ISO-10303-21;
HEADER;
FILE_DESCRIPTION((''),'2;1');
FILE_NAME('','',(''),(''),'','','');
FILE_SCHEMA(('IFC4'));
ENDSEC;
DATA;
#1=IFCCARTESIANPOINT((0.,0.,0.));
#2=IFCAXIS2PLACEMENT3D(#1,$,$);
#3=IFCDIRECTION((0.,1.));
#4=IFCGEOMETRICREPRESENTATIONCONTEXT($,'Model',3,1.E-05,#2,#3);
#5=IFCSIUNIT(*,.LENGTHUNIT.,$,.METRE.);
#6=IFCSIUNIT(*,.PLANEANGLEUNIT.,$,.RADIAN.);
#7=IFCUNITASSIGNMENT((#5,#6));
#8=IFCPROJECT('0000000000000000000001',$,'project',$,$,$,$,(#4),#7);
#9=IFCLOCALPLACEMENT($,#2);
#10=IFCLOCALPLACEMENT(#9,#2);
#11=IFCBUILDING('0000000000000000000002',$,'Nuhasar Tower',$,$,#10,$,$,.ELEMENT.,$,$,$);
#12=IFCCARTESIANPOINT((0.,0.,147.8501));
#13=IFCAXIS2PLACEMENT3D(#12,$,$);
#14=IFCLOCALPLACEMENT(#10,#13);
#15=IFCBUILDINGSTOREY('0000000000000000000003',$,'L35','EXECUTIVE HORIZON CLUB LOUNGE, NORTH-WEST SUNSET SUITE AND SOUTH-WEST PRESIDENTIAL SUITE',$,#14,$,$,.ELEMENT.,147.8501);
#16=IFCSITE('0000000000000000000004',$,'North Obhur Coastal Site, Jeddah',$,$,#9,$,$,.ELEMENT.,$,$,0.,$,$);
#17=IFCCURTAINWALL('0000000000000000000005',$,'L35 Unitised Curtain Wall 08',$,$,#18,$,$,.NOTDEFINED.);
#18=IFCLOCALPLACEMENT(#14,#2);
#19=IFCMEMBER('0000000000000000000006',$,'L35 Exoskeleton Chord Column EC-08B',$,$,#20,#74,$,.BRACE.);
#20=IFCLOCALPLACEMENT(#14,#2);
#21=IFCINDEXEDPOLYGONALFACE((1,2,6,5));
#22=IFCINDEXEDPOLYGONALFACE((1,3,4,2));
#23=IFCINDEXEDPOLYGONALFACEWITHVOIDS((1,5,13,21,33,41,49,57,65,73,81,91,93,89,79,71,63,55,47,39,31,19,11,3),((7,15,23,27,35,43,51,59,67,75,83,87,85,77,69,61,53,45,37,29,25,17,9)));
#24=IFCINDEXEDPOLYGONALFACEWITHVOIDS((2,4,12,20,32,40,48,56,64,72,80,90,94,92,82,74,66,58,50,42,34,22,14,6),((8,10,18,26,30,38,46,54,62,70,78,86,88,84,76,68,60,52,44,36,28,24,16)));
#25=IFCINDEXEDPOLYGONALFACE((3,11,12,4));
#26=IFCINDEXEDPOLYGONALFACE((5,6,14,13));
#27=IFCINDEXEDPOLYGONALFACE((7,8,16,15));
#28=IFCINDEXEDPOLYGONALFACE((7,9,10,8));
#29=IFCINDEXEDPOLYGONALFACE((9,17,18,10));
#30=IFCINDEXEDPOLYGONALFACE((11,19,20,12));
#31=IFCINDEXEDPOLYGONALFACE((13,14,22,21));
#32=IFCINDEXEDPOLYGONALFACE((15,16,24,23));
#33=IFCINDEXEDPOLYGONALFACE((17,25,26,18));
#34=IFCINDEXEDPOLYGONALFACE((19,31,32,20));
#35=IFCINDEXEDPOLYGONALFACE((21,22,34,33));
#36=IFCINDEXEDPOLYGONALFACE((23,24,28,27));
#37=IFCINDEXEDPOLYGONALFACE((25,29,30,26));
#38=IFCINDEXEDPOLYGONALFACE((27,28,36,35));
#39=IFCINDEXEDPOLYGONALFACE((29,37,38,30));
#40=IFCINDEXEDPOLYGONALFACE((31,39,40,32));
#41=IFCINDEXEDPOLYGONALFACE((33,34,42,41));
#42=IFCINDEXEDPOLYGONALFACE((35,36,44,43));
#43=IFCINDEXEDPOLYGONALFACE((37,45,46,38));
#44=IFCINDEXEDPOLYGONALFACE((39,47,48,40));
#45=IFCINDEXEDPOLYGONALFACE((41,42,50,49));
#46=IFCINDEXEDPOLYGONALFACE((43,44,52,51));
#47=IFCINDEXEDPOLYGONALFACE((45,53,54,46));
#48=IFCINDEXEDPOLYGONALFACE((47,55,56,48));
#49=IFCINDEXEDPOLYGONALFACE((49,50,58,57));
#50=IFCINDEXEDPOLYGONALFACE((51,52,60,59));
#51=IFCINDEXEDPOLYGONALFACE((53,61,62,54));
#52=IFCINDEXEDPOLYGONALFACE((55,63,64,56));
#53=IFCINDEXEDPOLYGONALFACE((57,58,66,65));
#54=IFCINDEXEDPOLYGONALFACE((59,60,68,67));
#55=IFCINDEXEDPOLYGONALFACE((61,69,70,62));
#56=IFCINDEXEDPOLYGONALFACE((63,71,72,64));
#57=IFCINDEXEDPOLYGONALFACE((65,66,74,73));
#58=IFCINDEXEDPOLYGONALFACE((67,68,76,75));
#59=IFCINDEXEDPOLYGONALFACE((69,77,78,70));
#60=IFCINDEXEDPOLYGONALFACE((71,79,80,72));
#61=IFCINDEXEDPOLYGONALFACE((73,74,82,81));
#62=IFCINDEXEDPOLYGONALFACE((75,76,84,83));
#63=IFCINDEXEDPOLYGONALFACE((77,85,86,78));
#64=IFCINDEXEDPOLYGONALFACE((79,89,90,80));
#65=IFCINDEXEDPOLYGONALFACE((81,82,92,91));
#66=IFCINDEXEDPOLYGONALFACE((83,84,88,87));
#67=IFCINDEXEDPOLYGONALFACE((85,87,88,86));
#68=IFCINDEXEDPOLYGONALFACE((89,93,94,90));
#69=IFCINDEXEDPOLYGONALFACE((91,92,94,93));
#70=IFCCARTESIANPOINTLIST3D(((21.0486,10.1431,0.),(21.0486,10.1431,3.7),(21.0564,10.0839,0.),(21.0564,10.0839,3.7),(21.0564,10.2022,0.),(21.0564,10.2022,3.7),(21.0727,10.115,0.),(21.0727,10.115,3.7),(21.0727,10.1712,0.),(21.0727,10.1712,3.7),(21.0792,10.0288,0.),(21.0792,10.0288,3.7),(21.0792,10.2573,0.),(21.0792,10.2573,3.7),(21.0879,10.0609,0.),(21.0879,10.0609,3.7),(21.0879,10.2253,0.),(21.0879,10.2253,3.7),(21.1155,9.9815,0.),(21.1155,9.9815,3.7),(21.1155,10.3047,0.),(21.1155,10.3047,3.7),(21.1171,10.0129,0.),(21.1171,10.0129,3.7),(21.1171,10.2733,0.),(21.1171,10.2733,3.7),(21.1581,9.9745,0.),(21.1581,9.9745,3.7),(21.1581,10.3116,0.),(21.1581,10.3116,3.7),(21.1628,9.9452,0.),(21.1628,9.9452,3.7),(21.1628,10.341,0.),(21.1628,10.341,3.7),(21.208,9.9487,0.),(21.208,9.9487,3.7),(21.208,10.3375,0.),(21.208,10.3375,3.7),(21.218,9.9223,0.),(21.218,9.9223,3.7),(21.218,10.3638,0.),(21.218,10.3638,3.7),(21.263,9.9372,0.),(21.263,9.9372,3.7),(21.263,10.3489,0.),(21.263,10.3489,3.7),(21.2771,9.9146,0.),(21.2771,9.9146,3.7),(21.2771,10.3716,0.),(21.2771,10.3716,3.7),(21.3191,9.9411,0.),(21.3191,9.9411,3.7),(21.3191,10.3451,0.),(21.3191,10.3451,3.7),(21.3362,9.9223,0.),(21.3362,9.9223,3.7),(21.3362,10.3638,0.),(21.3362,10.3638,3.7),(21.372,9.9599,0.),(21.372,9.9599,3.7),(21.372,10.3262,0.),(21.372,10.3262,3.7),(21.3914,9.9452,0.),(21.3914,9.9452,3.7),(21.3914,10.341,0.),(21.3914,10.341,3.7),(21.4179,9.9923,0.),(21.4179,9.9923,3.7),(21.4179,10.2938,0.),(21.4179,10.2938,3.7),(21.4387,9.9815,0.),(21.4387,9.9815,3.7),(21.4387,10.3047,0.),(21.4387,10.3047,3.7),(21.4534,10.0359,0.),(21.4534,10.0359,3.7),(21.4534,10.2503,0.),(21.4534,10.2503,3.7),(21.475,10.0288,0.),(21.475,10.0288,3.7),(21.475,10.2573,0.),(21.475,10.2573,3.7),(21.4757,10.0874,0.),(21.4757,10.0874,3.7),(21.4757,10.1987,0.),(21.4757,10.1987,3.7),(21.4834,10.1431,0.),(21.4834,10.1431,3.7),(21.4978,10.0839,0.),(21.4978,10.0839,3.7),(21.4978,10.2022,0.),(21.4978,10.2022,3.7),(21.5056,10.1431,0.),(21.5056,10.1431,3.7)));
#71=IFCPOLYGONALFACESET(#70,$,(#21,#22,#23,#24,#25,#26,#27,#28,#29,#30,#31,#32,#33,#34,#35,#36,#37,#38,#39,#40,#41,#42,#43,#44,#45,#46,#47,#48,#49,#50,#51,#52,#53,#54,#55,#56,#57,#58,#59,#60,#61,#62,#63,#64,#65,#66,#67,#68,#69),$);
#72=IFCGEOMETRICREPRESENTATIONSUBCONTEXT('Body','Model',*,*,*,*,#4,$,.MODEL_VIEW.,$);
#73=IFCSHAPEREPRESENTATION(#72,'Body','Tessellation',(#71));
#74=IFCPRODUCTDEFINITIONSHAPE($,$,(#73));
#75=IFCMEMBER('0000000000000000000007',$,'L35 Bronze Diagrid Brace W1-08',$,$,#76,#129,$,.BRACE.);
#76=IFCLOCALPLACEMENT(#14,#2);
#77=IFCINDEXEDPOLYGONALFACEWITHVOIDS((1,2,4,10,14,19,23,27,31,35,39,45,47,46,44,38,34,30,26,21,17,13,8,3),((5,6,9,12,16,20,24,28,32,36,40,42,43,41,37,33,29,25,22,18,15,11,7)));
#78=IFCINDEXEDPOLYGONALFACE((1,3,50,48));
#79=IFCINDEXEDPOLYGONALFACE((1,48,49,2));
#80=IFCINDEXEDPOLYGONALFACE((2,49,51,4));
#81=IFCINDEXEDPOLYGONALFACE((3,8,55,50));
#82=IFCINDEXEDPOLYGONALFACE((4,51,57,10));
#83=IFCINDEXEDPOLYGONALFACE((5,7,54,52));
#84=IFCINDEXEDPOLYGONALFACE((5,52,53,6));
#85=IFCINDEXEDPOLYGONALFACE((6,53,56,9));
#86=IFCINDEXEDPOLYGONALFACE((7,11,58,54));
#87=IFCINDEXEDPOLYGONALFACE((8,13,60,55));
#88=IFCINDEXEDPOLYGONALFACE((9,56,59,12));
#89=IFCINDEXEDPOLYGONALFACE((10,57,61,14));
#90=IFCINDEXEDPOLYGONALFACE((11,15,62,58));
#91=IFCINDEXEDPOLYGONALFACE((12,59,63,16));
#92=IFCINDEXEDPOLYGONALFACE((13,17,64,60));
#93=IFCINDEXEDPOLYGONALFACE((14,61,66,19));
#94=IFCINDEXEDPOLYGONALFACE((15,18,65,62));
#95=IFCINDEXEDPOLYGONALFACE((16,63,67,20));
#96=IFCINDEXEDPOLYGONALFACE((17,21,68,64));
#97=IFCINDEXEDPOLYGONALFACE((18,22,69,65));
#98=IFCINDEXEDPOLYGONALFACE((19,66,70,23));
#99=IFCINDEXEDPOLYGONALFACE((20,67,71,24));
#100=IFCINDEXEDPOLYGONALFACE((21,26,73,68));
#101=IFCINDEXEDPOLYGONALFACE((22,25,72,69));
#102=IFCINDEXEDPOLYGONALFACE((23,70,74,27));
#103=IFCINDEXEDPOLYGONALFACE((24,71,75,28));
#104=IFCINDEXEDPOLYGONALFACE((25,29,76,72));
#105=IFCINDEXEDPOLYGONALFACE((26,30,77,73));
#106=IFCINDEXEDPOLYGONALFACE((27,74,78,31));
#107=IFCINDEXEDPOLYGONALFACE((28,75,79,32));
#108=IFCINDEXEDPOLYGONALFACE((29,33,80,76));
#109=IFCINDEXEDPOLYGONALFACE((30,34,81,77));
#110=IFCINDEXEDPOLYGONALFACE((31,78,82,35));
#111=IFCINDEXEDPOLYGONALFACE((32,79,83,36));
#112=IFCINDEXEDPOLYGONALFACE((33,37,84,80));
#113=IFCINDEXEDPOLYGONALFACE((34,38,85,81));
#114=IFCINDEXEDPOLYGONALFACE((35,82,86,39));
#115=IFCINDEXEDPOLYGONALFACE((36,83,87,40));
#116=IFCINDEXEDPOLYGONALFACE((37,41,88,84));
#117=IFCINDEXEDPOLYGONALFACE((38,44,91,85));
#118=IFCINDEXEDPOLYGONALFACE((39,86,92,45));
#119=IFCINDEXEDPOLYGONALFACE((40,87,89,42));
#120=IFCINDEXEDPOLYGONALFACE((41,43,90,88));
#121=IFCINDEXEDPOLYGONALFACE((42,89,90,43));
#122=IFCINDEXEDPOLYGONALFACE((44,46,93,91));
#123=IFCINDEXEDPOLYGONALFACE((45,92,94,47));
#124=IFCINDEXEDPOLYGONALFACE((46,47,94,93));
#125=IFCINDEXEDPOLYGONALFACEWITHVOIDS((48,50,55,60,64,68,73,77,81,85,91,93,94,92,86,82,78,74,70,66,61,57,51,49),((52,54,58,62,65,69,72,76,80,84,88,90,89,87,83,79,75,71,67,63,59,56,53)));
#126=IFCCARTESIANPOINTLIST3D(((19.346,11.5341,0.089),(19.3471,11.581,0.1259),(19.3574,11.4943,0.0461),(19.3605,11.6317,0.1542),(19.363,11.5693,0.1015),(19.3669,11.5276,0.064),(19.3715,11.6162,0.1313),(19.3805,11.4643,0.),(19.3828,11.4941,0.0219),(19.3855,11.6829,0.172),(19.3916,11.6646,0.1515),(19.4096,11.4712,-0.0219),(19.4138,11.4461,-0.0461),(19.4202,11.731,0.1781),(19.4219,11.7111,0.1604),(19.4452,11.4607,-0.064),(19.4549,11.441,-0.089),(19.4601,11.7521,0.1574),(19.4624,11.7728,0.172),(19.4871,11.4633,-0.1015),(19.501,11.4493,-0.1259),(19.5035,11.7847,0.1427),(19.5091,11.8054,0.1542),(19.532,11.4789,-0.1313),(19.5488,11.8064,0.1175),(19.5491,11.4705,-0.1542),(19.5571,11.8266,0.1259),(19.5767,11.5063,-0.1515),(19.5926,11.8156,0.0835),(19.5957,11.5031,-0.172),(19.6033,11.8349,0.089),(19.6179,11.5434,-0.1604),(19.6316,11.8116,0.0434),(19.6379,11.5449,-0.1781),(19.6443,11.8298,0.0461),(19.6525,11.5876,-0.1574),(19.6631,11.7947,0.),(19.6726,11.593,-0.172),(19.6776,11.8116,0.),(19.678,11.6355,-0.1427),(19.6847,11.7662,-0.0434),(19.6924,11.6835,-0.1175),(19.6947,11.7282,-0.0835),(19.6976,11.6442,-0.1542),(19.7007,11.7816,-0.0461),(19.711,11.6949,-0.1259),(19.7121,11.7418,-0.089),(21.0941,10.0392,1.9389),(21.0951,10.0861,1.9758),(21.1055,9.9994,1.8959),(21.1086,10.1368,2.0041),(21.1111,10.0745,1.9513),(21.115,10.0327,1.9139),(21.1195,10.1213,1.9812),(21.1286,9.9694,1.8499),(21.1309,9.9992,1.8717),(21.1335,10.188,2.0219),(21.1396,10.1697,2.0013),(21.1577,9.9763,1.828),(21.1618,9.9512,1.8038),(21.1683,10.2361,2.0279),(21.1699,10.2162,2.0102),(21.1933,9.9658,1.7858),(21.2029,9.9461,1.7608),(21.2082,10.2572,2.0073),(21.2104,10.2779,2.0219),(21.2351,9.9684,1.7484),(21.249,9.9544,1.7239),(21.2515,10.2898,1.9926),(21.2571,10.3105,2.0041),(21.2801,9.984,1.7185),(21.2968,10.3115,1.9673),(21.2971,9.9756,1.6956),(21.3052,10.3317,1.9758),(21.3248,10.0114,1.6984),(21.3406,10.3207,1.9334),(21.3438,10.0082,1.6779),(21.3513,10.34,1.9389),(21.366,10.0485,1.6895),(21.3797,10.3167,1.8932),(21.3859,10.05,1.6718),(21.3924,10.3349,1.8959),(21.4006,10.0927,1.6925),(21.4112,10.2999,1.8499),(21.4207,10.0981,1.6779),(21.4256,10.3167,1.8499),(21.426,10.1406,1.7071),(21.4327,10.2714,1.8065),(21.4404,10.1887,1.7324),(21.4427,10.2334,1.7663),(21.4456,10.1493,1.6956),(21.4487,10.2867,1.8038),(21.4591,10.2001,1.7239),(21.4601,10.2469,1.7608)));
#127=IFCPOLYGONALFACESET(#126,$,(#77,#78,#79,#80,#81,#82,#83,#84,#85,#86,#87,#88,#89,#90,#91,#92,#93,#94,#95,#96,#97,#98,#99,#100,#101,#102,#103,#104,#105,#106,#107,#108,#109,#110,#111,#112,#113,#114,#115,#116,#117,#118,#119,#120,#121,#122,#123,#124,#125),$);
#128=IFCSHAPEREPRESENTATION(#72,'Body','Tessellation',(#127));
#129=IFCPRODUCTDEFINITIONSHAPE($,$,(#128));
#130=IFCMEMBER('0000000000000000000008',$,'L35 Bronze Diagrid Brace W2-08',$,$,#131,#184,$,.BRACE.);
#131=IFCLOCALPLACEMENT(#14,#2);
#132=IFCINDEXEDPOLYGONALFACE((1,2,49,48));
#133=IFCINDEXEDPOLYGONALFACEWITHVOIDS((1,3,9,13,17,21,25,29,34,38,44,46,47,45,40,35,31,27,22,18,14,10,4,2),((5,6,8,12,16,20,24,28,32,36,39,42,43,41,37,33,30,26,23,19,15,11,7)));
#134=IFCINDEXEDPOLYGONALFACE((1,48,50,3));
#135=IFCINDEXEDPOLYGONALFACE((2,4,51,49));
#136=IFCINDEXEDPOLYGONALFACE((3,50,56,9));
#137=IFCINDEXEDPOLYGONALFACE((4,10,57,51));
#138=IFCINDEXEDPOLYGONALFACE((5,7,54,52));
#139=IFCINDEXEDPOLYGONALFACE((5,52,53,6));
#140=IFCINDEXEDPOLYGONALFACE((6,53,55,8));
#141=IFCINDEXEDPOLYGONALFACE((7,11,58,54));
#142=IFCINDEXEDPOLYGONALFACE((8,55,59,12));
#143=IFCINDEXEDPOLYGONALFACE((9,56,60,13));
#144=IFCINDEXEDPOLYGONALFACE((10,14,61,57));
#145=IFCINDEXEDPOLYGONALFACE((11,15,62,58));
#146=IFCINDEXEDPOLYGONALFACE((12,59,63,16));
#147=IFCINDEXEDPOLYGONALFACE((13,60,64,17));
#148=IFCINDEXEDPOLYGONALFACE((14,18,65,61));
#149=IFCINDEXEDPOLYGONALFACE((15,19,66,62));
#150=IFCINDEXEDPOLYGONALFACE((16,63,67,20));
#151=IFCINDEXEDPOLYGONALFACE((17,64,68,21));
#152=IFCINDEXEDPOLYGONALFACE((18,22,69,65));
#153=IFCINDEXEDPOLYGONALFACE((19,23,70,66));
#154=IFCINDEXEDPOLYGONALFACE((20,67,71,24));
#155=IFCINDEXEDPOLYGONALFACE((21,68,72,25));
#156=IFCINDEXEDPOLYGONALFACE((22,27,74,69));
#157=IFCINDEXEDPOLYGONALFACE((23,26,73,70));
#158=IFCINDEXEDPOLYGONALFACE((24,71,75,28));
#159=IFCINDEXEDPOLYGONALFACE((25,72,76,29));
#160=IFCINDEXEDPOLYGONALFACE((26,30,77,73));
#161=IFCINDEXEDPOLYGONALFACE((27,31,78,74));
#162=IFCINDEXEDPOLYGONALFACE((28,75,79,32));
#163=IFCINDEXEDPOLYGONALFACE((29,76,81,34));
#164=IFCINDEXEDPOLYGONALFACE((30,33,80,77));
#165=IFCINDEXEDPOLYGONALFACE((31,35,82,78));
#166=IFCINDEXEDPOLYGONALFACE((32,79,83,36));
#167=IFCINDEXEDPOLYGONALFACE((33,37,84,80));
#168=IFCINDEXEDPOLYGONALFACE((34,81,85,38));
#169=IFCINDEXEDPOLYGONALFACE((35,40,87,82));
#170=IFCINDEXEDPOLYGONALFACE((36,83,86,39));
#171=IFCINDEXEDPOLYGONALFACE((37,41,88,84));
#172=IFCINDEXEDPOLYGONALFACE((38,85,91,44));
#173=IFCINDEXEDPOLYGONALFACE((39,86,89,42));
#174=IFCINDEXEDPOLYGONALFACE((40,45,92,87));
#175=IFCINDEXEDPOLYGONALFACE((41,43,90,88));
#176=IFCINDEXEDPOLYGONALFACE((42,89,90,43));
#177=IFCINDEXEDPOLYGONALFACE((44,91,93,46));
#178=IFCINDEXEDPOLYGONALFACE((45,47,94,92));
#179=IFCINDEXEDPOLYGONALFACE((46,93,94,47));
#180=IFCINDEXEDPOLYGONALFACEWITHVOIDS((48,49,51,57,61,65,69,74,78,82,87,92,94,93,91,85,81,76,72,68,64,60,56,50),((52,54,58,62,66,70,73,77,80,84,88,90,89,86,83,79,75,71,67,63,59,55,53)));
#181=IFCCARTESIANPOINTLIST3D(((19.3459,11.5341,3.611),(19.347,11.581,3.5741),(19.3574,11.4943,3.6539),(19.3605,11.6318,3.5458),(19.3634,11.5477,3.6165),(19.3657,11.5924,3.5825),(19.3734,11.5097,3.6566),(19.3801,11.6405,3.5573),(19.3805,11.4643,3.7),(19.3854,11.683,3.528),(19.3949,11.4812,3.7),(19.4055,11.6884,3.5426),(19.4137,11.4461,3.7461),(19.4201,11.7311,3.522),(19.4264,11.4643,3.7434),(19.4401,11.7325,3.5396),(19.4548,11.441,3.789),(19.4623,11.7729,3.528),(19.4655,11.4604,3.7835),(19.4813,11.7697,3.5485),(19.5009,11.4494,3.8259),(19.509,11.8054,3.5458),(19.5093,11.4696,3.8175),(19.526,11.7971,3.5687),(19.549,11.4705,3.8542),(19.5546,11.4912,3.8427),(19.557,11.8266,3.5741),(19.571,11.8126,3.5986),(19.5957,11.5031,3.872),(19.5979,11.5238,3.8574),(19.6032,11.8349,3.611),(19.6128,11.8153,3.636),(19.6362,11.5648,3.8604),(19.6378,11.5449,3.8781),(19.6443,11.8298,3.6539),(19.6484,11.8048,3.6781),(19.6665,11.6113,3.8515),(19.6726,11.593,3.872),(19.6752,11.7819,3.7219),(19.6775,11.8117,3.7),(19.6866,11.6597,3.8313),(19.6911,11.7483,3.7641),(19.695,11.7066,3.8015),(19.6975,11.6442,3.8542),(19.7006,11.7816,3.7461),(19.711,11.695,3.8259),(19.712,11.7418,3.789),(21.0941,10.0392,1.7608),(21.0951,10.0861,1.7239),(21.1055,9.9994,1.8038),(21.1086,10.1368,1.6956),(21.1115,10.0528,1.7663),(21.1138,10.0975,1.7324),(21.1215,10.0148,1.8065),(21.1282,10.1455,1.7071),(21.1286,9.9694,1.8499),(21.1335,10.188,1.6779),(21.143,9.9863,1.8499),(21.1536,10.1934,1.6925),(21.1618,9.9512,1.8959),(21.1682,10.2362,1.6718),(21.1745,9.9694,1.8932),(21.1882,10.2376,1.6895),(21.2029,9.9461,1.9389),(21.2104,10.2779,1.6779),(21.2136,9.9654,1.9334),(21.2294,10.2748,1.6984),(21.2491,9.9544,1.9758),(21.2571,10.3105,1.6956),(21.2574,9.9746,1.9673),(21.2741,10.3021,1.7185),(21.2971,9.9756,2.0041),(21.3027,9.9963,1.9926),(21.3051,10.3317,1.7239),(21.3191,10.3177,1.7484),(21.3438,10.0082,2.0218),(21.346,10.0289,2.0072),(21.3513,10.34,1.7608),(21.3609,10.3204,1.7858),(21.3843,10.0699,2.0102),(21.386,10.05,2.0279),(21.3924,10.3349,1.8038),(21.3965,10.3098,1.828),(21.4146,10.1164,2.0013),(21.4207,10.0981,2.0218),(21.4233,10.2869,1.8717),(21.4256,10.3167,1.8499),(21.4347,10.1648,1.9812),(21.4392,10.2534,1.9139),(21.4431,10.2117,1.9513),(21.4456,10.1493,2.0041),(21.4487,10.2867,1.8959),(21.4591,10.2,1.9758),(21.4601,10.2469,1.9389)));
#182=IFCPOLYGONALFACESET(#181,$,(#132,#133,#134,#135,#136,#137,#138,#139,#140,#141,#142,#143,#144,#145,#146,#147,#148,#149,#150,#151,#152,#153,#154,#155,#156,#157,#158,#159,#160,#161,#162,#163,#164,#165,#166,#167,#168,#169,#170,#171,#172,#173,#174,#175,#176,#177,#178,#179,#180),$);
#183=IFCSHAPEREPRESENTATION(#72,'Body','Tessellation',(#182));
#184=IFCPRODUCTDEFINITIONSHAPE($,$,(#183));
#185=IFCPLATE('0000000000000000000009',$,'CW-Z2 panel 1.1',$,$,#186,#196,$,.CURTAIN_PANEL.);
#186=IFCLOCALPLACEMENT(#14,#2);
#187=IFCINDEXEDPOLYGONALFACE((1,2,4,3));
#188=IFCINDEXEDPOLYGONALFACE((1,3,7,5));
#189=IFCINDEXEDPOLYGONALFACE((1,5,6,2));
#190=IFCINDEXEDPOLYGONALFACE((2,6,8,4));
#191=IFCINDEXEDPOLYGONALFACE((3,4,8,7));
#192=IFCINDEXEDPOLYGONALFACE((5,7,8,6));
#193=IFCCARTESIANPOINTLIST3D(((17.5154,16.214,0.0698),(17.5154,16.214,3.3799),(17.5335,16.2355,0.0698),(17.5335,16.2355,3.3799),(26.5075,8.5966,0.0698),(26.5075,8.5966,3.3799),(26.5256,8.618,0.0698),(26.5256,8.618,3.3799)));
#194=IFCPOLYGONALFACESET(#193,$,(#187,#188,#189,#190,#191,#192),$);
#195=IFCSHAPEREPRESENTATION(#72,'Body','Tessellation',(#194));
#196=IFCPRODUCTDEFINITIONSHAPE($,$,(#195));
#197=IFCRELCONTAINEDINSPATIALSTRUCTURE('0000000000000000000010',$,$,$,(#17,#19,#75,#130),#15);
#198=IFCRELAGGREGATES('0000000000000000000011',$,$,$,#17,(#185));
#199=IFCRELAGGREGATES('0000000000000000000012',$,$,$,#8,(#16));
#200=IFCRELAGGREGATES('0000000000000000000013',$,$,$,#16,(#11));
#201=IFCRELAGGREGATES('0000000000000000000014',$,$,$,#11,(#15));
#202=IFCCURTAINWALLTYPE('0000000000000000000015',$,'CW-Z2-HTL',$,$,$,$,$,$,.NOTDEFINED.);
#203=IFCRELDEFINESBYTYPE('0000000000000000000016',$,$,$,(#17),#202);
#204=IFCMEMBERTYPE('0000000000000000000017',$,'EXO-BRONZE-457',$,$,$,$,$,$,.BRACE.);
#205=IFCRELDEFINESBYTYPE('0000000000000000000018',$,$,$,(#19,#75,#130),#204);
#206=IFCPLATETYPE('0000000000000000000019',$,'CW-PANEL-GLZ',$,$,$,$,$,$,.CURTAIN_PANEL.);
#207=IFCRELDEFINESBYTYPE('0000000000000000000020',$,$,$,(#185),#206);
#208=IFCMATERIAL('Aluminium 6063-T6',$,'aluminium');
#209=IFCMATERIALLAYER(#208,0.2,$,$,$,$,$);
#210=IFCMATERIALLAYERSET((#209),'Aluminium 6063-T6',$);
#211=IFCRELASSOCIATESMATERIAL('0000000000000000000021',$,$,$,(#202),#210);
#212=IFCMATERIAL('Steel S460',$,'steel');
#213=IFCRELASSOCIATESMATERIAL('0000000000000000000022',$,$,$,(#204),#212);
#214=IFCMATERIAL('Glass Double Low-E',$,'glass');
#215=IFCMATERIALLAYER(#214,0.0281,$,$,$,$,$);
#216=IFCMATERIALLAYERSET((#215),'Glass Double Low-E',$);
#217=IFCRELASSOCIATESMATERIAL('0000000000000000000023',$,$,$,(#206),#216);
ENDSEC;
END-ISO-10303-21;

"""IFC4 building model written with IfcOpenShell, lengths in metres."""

from ifc_helpers import new_model, si_unit, direction, frame, origin, origin_2d, place, context, subcontext, project, spatial, rectangle, hollow_circle, extrude, material, layer, layer_set, material_profile, profile_set, type_object, element, aggregate, save


model = new_model("IFC4")

# Units and contexts
model_context = context("Model", 3, precision=1e-05, world=origin(), true_north=direction((0.0, 1.0)))
body_context = subcontext(model_context, "Body", "Model", "MODEL_VIEW")
ifc_project = project(units=[si_unit("LENGTHUNIT", "METRE"), si_unit("PLANEANGLEUNIT", "RADIAN")], contexts=[model_context])

# Site, building, storey
site_placement = place(None, origin())
site = spatial("IfcSite", under=ifc_project, at=site_placement, Name="North Obhur Coastal Site, Jeddah", CompositionType="ELEMENT", RefElevation=0.0)
building_placement = place(site_placement, origin())
building = spatial("IfcBuilding", under=site, at=building_placement, Name="Nuhasar Tower", CompositionType="ELEMENT")
storey_placement = place(building_placement, frame((0.0, 0.0, 147.8501)))
storey = spatial("IfcBuildingStorey", under=building, at=storey_placement, Name="L35", Description="EXECUTIVE HORIZON CLUB LOUNGE, NORTH-WEST SUNSET SUITE AND SOUTH-WEST PRESIDENTIAL SUITE", CompositionType="ELEMENT", Elevation=147.8501)

# Curtain wall
ifc_material_1 = material(Name="Aluminium 6063-T6", Category="aluminium")
ifc_layer_1 = layer(ifc_material_1, 0.2)
ifc_layer_set_1 = layer_set([ifc_layer_1], Name="Aluminium 6063-T6")
curtain_wall_type = type_object("IfcCurtainWallType", Name="CW-Z2-HTL", PredefinedType="NOTDEFINED", material=ifc_layer_set_1)
curtain_wall_1_placement = place(storey_placement, origin())
curtain_wall_1 = element("IfcCurtainWall", 1, at=curtain_wall_1_placement, inside=storey, type_object=curtain_wall_type, Name="L35 Unitised Curtain Wall 08", PredefinedType="NOTDEFINED")

# Members
ifc_material_2 = material(Name="Steel S460", Category="steel")
ifc_material_profile_1 = material_profile(ifc_material_2, hollow_circle(Radius=0.2285, WallThickness=0.0222, at=origin_2d()), Name="HSS457X22.2")
ifc_profile_set_1 = profile_set([ifc_material_profile_1], Name="Steel S460")
member_type_1 = type_object("IfcMemberType", Name="EXO-BRONZE-457", PredefinedType="BRACE", material=ifc_profile_set_1)
for number, where, z_axis, x_axis, name in (
    (2, (21.2771, 10.1431, 0.0), (0.0, 0.0, 1.0), (1.0, 0.0, 0.0), "L35 Exoskeleton Chord Column EC-08B"),
):
    element("IfcMember", number, at=place(storey_placement, frame(where, z_axis=z_axis, x_axis=x_axis)), inside=storey, type_object=member_type_1, Name=name, PredefinedType="BRACE", context=body_context, shape_type="SweptSolid", body=[
        extrude(hollow_circle(Radius=0.2285, WallThickness=0.0222, at=origin_2d()), origin(), (0.0, 0.0, 1.0), 3.7),
    ])
member_1_placement = place(storey_placement, frame((19.5291, 11.6379, 0.0), z_axis=(0.592226, -0.506452, 0.626717), x_axis=(0.649926, 0.759998, 0.0)))
element("IfcMember", 3, at=member_1_placement, inside=storey, type_object=member_type_1, Name="L35 Bronze Diagrid Brace W1-08", PredefinedType="BRACE", context=body_context, shape_type="SweptSolid", body=[
    extrude(hollow_circle(Radius=0.2285, WallThickness=0.0222, at=origin_2d()), origin(), (0.0, 0.0, 1.0), 2.9517),
])
member_2_placement = place(storey_placement, frame((21.2771, 10.1431, 1.8499), z_axis=(-0.592195, 0.506426, 0.626767), x_axis=(-0.649926, -0.759998, 0.0)))
element("IfcMember", 4, at=member_2_placement, inside=storey, type_object=member_type_1, Name="L35 Bronze Diagrid Brace W2-08", PredefinedType="BRACE", context=body_context, shape_type="SweptSolid", body=[
    extrude(hollow_circle(Radius=0.2285, WallThickness=0.0222, at=origin_2d()), origin(), (0.0, 0.0, 1.0), 2.9519),
])

# Plate
ifc_material_3 = material(Name="Glass Double Low-E", Category="glass")
ifc_layer_2 = layer(ifc_material_3, 0.0281)
ifc_layer_set_2 = layer_set([ifc_layer_2], Name="Glass Double Low-E")
plate_type = type_object("IfcPlateType", Name="CW-PANEL-GLZ", PredefinedType="CURTAIN_PANEL", material=ifc_layer_set_2)
plate_placement = place(storey_placement, frame((22.0205, 12.416, 0.0698), z_axis=(0.0, 0.0, 1.0), x_axis=(0.76302, -0.646374, 0.0)))
plate = element("IfcPlate", 5, at=plate_placement, type_object=plate_type, Name="CW-Z2 panel 1.1", PredefinedType="CURTAIN_PANEL", context=body_context, shape_type="SweptSolid", body=[
    extrude(rectangle(XDim=11.7849, YDim=0.0281, at=origin_2d()), origin(), (0.0, 0.0, 1.0), 3.3101),
])
aggregate(curtain_wall_1, [plate])

save(model, "model.ifc")
